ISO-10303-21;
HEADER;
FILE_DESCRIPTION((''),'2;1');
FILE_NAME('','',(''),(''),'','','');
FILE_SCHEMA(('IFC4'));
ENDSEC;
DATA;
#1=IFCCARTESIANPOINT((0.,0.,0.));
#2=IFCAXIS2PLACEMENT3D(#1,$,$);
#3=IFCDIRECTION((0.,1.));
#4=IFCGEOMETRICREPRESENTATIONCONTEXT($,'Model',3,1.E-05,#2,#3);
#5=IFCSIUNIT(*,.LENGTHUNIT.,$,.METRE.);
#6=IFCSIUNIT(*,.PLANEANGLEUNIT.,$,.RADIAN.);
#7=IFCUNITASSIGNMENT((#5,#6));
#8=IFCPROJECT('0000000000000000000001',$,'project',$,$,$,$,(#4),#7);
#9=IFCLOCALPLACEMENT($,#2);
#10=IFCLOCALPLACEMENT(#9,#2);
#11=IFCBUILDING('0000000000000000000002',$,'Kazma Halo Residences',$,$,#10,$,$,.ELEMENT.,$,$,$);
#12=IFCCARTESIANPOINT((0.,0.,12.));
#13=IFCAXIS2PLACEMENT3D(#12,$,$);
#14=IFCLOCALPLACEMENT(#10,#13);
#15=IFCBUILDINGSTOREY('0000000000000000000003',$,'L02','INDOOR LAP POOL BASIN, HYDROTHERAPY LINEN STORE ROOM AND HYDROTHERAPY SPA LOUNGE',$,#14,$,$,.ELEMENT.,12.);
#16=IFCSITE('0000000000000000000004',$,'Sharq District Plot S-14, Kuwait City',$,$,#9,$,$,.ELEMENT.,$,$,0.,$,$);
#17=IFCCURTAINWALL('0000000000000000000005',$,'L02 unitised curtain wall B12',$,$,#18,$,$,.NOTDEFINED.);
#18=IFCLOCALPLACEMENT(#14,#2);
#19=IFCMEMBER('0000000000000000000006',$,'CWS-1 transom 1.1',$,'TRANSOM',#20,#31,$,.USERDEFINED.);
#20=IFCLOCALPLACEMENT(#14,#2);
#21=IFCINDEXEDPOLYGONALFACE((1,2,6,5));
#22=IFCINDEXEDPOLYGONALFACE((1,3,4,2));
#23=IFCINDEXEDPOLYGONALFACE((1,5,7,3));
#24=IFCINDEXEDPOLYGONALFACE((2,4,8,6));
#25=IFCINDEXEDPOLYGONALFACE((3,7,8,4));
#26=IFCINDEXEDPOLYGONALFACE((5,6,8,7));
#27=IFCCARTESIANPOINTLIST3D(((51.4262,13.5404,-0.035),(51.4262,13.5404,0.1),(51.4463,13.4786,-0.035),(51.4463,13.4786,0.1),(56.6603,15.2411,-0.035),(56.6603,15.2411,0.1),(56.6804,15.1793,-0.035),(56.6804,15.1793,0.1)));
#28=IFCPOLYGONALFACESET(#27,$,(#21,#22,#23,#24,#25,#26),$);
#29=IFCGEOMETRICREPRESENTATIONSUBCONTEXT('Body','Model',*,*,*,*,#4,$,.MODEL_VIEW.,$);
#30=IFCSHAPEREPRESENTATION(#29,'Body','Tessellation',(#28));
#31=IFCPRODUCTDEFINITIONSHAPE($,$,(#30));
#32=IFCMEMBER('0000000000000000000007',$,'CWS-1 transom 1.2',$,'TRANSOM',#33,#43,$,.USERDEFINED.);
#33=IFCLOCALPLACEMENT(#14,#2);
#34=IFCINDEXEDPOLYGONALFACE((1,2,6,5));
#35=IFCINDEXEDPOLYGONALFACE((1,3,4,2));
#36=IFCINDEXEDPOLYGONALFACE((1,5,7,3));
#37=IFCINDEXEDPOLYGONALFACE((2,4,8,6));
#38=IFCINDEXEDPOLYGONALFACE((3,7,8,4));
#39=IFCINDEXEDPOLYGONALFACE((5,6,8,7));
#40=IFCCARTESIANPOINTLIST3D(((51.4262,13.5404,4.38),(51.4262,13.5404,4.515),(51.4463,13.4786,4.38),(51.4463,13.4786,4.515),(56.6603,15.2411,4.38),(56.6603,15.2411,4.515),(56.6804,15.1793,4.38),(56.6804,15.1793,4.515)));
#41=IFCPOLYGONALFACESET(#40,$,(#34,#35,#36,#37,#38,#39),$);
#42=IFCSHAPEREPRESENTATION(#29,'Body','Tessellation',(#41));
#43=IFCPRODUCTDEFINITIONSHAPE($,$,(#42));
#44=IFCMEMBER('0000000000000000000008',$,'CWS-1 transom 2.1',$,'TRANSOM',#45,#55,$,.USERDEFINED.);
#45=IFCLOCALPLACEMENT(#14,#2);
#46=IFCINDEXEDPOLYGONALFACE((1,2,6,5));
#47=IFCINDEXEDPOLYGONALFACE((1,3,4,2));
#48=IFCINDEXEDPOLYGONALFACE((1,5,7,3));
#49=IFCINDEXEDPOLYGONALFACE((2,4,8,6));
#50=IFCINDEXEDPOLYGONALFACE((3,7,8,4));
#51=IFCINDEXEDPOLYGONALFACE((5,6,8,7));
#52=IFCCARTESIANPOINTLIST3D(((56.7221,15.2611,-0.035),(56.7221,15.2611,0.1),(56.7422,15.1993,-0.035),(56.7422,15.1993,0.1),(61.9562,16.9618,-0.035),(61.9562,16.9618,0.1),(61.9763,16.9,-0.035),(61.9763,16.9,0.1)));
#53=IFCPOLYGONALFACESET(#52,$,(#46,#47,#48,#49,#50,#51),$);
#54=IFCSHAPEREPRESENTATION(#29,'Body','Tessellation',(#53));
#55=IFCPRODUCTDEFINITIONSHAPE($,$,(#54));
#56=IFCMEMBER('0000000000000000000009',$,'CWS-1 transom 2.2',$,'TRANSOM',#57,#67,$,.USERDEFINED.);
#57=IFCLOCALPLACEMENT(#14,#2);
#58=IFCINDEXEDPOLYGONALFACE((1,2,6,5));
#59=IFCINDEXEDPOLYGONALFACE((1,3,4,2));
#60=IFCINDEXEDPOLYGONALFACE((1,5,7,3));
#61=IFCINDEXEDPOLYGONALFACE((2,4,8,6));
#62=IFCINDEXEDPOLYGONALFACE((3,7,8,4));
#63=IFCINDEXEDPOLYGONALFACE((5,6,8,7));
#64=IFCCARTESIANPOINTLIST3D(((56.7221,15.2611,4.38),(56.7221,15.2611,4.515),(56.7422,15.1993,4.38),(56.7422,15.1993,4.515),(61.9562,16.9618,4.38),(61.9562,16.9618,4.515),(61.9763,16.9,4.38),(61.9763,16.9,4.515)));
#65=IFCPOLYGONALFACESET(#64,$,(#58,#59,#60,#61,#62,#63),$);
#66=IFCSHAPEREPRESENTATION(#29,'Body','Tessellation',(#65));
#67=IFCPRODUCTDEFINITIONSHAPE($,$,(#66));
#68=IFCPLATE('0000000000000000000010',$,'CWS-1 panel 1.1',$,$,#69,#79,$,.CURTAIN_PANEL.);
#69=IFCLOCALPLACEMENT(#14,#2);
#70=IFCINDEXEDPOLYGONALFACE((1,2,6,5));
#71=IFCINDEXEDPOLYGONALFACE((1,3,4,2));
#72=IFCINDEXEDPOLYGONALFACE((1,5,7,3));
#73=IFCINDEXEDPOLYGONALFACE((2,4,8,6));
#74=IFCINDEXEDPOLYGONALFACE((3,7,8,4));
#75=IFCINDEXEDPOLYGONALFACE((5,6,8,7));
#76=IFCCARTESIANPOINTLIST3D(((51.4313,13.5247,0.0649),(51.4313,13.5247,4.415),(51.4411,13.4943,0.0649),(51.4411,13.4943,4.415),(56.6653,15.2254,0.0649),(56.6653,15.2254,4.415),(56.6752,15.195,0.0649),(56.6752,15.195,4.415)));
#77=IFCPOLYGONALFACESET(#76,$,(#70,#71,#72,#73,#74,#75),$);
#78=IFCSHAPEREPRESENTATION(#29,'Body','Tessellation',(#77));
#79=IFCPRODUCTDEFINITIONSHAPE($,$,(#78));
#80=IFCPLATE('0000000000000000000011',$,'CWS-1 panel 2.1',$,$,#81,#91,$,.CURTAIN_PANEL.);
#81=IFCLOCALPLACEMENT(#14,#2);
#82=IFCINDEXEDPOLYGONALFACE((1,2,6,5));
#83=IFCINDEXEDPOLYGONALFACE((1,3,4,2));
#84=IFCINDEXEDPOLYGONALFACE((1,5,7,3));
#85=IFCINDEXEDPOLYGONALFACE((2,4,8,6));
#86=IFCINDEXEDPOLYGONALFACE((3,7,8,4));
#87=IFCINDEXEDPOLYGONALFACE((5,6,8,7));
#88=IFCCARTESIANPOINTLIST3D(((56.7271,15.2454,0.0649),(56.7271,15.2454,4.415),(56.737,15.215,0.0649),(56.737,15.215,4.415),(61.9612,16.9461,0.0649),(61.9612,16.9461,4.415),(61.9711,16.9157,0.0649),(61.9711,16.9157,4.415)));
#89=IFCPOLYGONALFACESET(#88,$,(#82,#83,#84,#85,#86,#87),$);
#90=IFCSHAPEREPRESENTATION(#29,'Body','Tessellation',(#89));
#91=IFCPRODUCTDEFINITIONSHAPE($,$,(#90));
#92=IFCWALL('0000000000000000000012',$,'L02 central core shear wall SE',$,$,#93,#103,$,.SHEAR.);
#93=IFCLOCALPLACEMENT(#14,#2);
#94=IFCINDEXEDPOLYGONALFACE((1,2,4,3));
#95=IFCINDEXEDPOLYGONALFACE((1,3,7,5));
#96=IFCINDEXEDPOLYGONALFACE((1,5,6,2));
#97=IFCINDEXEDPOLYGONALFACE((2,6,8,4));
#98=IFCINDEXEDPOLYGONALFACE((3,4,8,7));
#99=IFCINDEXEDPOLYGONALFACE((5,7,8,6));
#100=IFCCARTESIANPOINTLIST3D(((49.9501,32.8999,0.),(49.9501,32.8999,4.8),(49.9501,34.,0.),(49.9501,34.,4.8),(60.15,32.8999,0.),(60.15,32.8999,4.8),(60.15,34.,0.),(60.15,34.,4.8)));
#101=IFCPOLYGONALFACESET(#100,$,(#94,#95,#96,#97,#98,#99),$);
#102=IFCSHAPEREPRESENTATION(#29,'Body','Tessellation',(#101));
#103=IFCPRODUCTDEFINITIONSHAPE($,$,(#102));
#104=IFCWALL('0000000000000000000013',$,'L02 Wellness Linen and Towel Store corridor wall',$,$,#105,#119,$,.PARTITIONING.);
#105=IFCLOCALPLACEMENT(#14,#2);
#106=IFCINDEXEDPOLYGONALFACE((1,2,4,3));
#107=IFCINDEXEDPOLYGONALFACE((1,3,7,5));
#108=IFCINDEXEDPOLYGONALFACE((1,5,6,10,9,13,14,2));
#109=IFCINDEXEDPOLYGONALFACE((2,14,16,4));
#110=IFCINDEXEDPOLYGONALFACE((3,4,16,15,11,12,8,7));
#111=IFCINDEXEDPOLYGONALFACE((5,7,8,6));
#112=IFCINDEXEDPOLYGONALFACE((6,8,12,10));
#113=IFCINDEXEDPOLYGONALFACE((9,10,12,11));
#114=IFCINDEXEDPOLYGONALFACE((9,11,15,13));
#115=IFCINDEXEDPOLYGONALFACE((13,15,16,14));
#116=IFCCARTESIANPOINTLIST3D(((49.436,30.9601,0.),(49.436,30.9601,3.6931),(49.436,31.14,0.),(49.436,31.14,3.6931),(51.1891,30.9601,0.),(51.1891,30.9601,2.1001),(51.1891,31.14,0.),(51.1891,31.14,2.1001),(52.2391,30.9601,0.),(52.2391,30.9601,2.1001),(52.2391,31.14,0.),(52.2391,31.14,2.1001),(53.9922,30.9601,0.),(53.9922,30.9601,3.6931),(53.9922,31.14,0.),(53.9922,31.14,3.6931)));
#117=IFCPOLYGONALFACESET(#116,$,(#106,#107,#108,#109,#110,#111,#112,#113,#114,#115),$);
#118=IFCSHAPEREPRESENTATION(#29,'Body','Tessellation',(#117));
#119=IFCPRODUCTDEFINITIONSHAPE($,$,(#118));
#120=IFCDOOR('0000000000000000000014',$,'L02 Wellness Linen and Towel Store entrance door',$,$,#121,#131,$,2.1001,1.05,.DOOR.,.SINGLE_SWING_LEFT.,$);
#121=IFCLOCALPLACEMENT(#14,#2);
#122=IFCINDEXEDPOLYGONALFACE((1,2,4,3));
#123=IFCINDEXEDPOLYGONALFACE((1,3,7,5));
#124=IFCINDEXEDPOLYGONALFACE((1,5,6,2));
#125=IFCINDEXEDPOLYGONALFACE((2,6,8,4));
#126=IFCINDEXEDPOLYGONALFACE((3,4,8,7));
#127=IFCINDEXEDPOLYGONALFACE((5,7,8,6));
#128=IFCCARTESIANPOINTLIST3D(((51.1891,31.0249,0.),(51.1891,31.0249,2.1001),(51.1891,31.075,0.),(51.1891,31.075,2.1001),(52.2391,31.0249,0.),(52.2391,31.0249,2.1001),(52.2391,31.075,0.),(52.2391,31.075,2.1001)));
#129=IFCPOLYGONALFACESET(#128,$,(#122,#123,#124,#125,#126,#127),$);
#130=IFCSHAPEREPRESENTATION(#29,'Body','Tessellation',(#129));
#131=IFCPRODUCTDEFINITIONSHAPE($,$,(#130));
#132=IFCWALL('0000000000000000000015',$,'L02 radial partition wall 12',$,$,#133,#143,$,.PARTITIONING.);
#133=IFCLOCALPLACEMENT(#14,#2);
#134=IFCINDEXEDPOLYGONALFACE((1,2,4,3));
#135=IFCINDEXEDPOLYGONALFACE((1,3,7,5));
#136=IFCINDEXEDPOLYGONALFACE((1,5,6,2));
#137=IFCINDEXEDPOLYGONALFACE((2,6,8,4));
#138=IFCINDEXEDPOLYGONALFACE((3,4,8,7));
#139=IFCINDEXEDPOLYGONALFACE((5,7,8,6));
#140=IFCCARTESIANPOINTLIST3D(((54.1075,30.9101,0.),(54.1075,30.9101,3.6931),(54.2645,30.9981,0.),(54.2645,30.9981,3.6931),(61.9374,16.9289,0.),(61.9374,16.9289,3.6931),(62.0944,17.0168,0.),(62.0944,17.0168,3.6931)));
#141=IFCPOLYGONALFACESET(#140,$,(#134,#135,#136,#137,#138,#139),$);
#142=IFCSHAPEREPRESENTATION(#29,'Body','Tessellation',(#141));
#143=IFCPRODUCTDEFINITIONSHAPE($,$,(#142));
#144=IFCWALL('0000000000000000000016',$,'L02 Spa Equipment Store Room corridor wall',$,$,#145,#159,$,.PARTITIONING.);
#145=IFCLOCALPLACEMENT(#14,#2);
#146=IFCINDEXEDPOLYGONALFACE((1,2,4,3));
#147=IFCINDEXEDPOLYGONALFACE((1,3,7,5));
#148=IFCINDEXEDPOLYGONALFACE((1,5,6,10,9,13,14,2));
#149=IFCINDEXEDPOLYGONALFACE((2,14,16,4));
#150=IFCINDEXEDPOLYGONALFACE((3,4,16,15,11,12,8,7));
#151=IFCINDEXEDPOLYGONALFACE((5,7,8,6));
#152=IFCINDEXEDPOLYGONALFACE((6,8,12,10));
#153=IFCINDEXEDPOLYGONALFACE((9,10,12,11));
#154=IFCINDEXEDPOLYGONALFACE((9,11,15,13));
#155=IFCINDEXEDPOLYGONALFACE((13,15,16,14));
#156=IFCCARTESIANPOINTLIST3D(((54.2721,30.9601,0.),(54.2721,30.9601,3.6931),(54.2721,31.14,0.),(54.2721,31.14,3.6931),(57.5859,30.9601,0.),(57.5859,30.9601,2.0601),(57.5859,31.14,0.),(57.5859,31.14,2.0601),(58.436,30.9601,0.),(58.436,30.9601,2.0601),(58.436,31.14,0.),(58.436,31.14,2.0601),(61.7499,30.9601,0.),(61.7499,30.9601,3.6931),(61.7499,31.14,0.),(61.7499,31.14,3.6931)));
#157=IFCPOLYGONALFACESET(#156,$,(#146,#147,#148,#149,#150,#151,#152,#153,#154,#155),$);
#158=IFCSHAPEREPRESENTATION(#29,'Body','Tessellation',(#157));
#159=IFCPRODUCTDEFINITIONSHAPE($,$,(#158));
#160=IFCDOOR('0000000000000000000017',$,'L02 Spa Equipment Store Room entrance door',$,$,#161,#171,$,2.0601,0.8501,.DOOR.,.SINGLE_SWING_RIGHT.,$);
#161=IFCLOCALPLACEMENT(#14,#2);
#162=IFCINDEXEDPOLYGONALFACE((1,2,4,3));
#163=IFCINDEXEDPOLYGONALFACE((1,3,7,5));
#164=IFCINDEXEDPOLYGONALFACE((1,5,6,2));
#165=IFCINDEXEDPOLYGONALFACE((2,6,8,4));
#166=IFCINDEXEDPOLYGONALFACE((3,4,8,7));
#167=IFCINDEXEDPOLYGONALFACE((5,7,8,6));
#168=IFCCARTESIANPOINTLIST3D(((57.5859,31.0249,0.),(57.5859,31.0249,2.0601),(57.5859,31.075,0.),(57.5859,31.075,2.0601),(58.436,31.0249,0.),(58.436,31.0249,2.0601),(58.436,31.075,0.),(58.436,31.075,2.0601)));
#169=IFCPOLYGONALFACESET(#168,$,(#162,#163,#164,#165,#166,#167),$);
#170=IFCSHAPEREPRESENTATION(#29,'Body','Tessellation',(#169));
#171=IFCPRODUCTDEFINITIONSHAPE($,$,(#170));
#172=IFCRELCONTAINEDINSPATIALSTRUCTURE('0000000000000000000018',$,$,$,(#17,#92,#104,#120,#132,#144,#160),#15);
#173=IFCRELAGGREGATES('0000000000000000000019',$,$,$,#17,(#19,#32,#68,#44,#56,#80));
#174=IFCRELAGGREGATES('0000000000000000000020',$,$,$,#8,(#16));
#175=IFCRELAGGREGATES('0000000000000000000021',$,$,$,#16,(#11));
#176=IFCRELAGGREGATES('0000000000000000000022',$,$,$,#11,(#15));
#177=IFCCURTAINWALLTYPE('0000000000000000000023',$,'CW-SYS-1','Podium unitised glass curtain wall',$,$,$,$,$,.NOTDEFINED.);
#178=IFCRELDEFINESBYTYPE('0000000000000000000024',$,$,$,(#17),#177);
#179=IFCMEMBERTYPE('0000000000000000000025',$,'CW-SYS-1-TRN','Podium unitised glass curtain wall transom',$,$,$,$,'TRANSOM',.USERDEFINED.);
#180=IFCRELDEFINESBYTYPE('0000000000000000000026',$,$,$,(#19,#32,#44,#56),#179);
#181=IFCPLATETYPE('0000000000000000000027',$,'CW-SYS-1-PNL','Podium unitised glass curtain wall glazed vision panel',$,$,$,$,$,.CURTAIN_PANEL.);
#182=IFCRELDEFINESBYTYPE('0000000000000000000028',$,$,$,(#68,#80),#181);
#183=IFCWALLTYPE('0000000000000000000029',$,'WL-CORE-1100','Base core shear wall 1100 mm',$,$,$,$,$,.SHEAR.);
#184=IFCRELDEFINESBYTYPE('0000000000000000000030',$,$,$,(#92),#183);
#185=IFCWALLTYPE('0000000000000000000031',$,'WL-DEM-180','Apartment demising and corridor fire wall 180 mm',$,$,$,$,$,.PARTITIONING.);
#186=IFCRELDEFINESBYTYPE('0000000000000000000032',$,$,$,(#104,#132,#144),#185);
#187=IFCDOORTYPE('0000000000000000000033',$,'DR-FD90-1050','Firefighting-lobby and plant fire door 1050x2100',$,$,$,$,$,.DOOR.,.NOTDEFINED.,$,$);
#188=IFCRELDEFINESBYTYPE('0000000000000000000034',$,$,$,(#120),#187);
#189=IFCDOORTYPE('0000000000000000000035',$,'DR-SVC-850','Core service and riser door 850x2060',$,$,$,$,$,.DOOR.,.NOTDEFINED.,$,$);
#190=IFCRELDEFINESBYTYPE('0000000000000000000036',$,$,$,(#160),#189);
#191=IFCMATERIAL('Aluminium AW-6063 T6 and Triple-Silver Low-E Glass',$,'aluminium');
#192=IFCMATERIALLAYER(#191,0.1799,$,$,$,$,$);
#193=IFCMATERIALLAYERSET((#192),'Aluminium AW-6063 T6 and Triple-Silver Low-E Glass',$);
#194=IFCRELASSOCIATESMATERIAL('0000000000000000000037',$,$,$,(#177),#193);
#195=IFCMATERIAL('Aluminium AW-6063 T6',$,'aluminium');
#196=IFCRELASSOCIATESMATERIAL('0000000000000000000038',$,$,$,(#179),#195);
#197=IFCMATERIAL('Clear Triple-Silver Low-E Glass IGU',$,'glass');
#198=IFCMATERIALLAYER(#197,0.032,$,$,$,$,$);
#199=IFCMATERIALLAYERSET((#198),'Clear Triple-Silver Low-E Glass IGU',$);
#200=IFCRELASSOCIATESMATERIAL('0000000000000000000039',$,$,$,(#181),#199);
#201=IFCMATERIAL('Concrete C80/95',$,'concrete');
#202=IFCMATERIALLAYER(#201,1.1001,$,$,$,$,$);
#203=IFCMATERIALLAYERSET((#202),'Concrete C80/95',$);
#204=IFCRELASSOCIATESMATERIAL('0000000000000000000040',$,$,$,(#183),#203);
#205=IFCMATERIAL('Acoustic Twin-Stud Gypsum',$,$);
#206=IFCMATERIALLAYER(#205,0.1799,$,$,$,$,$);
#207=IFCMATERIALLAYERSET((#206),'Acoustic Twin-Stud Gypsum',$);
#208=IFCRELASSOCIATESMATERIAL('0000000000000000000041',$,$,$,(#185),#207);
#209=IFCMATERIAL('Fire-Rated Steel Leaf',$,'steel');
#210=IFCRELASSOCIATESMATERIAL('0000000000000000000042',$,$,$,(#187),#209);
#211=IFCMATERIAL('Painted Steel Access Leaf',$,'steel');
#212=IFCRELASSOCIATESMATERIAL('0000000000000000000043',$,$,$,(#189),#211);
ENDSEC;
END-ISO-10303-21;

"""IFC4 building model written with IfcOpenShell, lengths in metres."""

from ifc_helpers import new_model, si_unit, direction, frame, frame_2d, origin, origin_2d, place, context, subcontext, project, spatial, rectangle, extrude, material, layer, layer_set, material_profile, profile_set, type_object, element, fill, aggregate, save


model = new_model("IFC4")

# Units and contexts
model_context = context("Model", 3, precision=1e-05, world=origin(), true_north=direction((0.0, 1.0)))
body_context = subcontext(model_context, "Body", "Model", "MODEL_VIEW")
ifc_project = project(units=[si_unit("LENGTHUNIT", "METRE"), si_unit("PLANEANGLEUNIT", "RADIAN")], contexts=[model_context])

# Site, building, storey
site_placement = place(None, origin())
site = spatial("IfcSite", under=ifc_project, at=site_placement, Name="Sharq District Plot S-14, Kuwait City", CompositionType="ELEMENT", RefElevation=0.0)
building_placement = place(site_placement, origin())
building = spatial("IfcBuilding", under=site, at=building_placement, Name="Kazma Halo Residences", CompositionType="ELEMENT")
storey_placement = place(building_placement, frame((0.0, 0.0, 12.0)))
storey = spatial("IfcBuildingStorey", under=building, at=storey_placement, Name="L02", Description="INDOOR LAP POOL BASIN, HYDROTHERAPY LINEN STORE ROOM AND HYDROTHERAPY SPA LOUNGE", CompositionType="ELEMENT", Elevation=12.0)

# Shared definitions
ifc_material_1 = material(Name="Concrete C80/95", Category="concrete")

# Shared definitions
ifc_material_2 = material(Name="Aluminium AW-6063 T6 and Triple-Silver Low-E Glass", Category="aluminium")
ifc_layer_1 = layer(ifc_material_2, 0.1799)
ifc_layer_set_1 = layer_set([ifc_layer_1], Name="Aluminium AW-6063 T6 and Triple-Silver Low-E Glass")
curtain_wall_type = type_object("IfcCurtainWallType", Name="CW-SYS-1", Description="Podium unitised glass curtain wall", PredefinedType="NOTDEFINED", material=ifc_layer_set_1)
ifc_material_3 = material(Name="Aluminium AW-6063 T6", Category="aluminium")

# Curtain wall, members, plates
curtain_wall_1_placement = place(storey_placement, origin())
curtain_wall_1 = element("IfcCurtainWall", 1, at=curtain_wall_1_placement, inside=storey, type_object=curtain_wall_type, Name="L02 unitised curtain wall B12", PredefinedType="NOTDEFINED")
ifc_material_profile_1 = material_profile(ifc_material_3, rectangle(XDim=0.0649, YDim=0.135, at=origin_2d()), Name="CWT-65x135")
ifc_profile_set_1 = profile_set([ifc_material_profile_1], Name="Aluminium AW-6063 T6")
member_type_1 = type_object("IfcMemberType", Name="CW-SYS-1-TRN", Description="Podium unitised glass curtain wall transom", ElementType="TRANSOM", PredefinedType="USERDEFINED", material=ifc_profile_set_1)
member_1_placement = place(storey_placement, frame((51.4363, 13.5095, 0.0325), z_axis=(0.951056, 0.309019, 0.0), x_axis=(-0.309019, 0.951056, 0.0)))
member_1 = element("IfcMember", 2, at=member_1_placement, type_object=member_type_1, Name="CWS-1 transom 1.1", ObjectType="TRANSOM", PredefinedType="USERDEFINED", context=body_context, shape_type="SweptSolid", body=[
    extrude(rectangle(XDim=0.0649, YDim=0.135, at=origin_2d()), origin(), (0.0, 0.0, 1.0), 5.5034),
])
member_2_placement = place(storey_placement, frame((51.4363, 13.5095, 4.4475), z_axis=(0.951056, 0.309019, 0.0), x_axis=(-0.309019, 0.951056, 0.0)))
member_2 = element("IfcMember", 3, at=member_2_placement, type_object=member_type_1, Name="CWS-1 transom 1.2", ObjectType="TRANSOM", PredefinedType="USERDEFINED", context=body_context, shape_type="SweptSolid", body=[
    extrude(rectangle(XDim=0.0649, YDim=0.135, at=origin_2d()), origin(), (0.0, 0.0, 1.0), 5.5034),
])
member_3_placement = place(storey_placement, frame((56.7322, 15.2302, 0.0325), z_axis=(0.951056, 0.309019, 0.0), x_axis=(-0.309019, 0.951056, 0.0)))
member_3 = element("IfcMember", 4, at=member_3_placement, type_object=member_type_1, Name="CWS-1 transom 2.1", ObjectType="TRANSOM", PredefinedType="USERDEFINED", context=body_context, shape_type="SweptSolid", body=[
    extrude(rectangle(XDim=0.0649, YDim=0.135, at=origin_2d()), origin(), (0.0, 0.0, 1.0), 5.5034),
])
member_4_placement = place(storey_placement, frame((56.7322, 15.2302, 4.4475), z_axis=(0.951056, 0.309019, 0.0), x_axis=(-0.309019, 0.951056, 0.0)))
member_4 = element("IfcMember", 5, at=member_4_placement, type_object=member_type_1, Name="CWS-1 transom 2.2", ObjectType="TRANSOM", PredefinedType="USERDEFINED", context=body_context, shape_type="SweptSolid", body=[
    extrude(rectangle(XDim=0.0649, YDim=0.135, at=origin_2d()), origin(), (0.0, 0.0, 1.0), 5.5034),
])
ifc_material_4 = material(Name="Clear Triple-Silver Low-E Glass IGU", Category="glass")
ifc_layer_2 = layer(ifc_material_4, 0.032)
ifc_layer_set_2 = layer_set([ifc_layer_2], Name="Clear Triple-Silver Low-E Glass IGU")
plate_type = type_object("IfcPlateType", Name="CW-SYS-1-PNL", Description="Podium unitised glass curtain wall glazed vision panel", PredefinedType="CURTAIN_PANEL", material=ifc_layer_set_2)
plate_1_placement = place(storey_placement, frame((54.0532, 14.3599, 0.0649), z_axis=(0.0, 0.0, 1.0), x_axis=(0.951056, 0.309017, 0.0)))
plate_1 = element("IfcPlate", 6, at=plate_1_placement, type_object=plate_type, Name="CWS-1 panel 1.1", PredefinedType="CURTAIN_PANEL", context=body_context, shape_type="SweptSolid", body=[
    extrude(rectangle(XDim=5.5034, YDim=0.032, at=origin_2d()), origin(), (0.0, 0.0, 1.0), 4.3501),
])
plate_2_placement = place(storey_placement, frame((59.3491, 16.0806, 0.0649), z_axis=(0.0, 0.0, 1.0), x_axis=(0.951056, 0.309017, 0.0)))
plate_2 = element("IfcPlate", 7, at=plate_2_placement, type_object=plate_type, Name="CWS-1 panel 2.1", PredefinedType="CURTAIN_PANEL", context=body_context, shape_type="SweptSolid", body=[
    extrude(rectangle(XDim=5.5034, YDim=0.032, at=origin_2d()), origin(), (0.0, 0.0, 1.0), 4.3501),
])
aggregate(curtain_wall_1, [member_1, member_2, plate_1, member_3, member_4, plate_2])

# Wall
ifc_layer_3 = layer(ifc_material_1, 1.1001)
ifc_layer_set_3 = layer_set([ifc_layer_3], Name="Concrete C80/95")
wall_type_1 = type_object("IfcWallType", Name="WL-CORE-1100", Description="Base core shear wall 1100 mm", PredefinedType="SHEAR", material=ifc_layer_set_3)
wall_1_placement = place(storey_placement, frame((49.95, 33.45, 0.0), z_axis=(0.0, 0.0, 1.0), x_axis=(1.0, 0.0, 0.0)))
element("IfcWall", 8, at=wall_1_placement, inside=storey, type_object=wall_type_1, Name="L02 central core shear wall SE", PredefinedType="SHEAR", context=body_context, shape_type="SweptSolid", body=[
    extrude(rectangle(XDim=10.2, YDim=1.1001, at=frame_2d((5.1001, 0.0))), origin(), (0.0, 0.0, 1.0), 4.8),
])

# Wall, opening, door
ifc_material_5 = material(Name="Acoustic Twin-Stud Gypsum")
ifc_layer_4 = layer(ifc_material_5, 0.1799)
ifc_layer_set_4 = layer_set([ifc_layer_4], Name="Acoustic Twin-Stud Gypsum")
wall_type_2 = type_object("IfcWallType", Name="WL-DEM-180", Description="Apartment demising and corridor fire wall 180 mm", PredefinedType="PARTITIONING", material=ifc_layer_set_4)
wall_2_placement = place(storey_placement, frame((49.436, 31.05, 0.0), z_axis=(0.0, 0.0, 1.0), x_axis=(1.0, 0.0, 0.0)))
wall_2 = element("IfcWall", 9, at=wall_2_placement, inside=storey, type_object=wall_type_2, Name="L02 Wellness Linen and Towel Store corridor wall", PredefinedType="PARTITIONING", context=body_context, shape_type="SweptSolid", body=[
    extrude(rectangle(XDim=4.5562, YDim=0.1799, at=frame_2d((2.2781, 0.0))), origin(), (0.0, 0.0, 1.0), 3.6931),
])
opening_1_placement = place(wall_2_placement, frame((1.7532, 0.0, 0.0)))
opening_1 = element("IfcOpeningElement", 10, at=opening_1_placement, cuts=wall_2, PredefinedType="OPENING", context=body_context, shape_type="SweptSolid", body=[
    extrude(rectangle(XDim=1.05, YDim=2.1001, at=frame_2d((0.5249, 1.05))), frame((0.0, 0.0999, 0.0), z_axis=(0.0, -1.0, 0.0), x_axis=(1.0, 0.0, 0.0)), (0.0, 0.0, 1.0), 0.2),
])
ifc_material_6 = material(Name="Fire-Rated Steel Leaf", Category="steel")
door_type_1 = type_object("IfcDoorType", Name="DR-FD90-1050", Description="Firefighting-lobby and plant fire door 1050x2100", OperationType="NOTDEFINED", PredefinedType="DOOR", material=ifc_material_6)
door_1_placement = place(opening_1_placement, origin())
door_1 = element("IfcDoor", 11, at=door_1_placement, inside=storey, type_object=door_type_1, Name="L02 Wellness Linen and Towel Store entrance door", OperationType="SINGLE_SWING_LEFT", OverallHeight=2.1001, OverallWidth=1.05, PredefinedType="DOOR", context=body_context, shape_type="SweptSolid", body=[
    extrude(rectangle(XDim=1.05, YDim=2.1001, at=frame_2d((0.5249, 1.05))), frame((0.0, 0.0249, 0.0), z_axis=(0.0, -1.0, 0.0), x_axis=(1.0, 0.0, 0.0)), (0.0, 0.0, 1.0), 0.05),
])
fill(opening_1, door_1)

# Wall
wall_3_placement = place(storey_placement, frame((54.186, 30.9541, 0.0), z_axis=(0.0, 0.0, 1.0), x_axis=(0.488621, -0.872496, 0.0)))
element("IfcWall", 12, at=wall_3_placement, inside=storey, type_object=wall_type_2, Name="L02 radial partition wall 12", PredefinedType="PARTITIONING", context=body_context, shape_type="SweptSolid", body=[
    extrude(rectangle(XDim=16.0244, YDim=0.1799, at=frame_2d((8.0122, 0.0))), origin(), (0.0, 0.0, 1.0), 3.6931),
])

# Wall, opening, door
wall_4_placement = place(storey_placement, frame((54.2722, 31.05, 0.0), z_axis=(0.0, 0.0, 1.0), x_axis=(1.0, 0.0, 0.0)))
wall_4 = element("IfcWall", 13, at=wall_4_placement, inside=storey, type_object=wall_type_2, Name="L02 Spa Equipment Store Room corridor wall", PredefinedType="PARTITIONING", context=body_context, shape_type="SweptSolid", body=[
    extrude(rectangle(XDim=7.4778, YDim=0.1799, at=frame_2d((3.7388, 0.0))), origin(), (0.0, 0.0, 1.0), 3.6931),
])
opening_2_placement = place(wall_4_placement, frame((3.3137, 0.0, 0.0)))
opening_2 = element("IfcOpeningElement", 14, at=opening_2_placement, cuts=wall_4, PredefinedType="OPENING", context=body_context, shape_type="SweptSolid", body=[
    extrude(rectangle(XDim=0.8501, YDim=2.0601, at=frame_2d((0.425, 1.03))), frame((0.0, 0.0999, 0.0), z_axis=(0.0, -1.0, 0.0), x_axis=(1.0, 0.0, 0.0)), (0.0, 0.0, 1.0), 0.2),
])
ifc_material_7 = material(Name="Painted Steel Access Leaf", Category="steel")
door_type_2 = type_object("IfcDoorType", Name="DR-SVC-850", Description="Core service and riser door 850x2060", OperationType="NOTDEFINED", PredefinedType="DOOR", material=ifc_material_7)
door_2_placement = place(opening_2_placement, origin())
door_2 = element("IfcDoor", 15, at=door_2_placement, inside=storey, type_object=door_type_2, Name="L02 Spa Equipment Store Room entrance door", OperationType="SINGLE_SWING_RIGHT", OverallHeight=2.0601, OverallWidth=0.8501, PredefinedType="DOOR", context=body_context, shape_type="SweptSolid", body=[
    extrude(rectangle(XDim=0.8501, YDim=2.0601, at=frame_2d((0.425, 1.03))), frame((0.0, 0.0249, 0.0), z_axis=(0.0, -1.0, 0.0), x_axis=(1.0, 0.0, 0.0)), (0.0, 0.0, 1.0), 0.05),
])
fill(opening_2, door_2)

save(model, "model.ifc")
